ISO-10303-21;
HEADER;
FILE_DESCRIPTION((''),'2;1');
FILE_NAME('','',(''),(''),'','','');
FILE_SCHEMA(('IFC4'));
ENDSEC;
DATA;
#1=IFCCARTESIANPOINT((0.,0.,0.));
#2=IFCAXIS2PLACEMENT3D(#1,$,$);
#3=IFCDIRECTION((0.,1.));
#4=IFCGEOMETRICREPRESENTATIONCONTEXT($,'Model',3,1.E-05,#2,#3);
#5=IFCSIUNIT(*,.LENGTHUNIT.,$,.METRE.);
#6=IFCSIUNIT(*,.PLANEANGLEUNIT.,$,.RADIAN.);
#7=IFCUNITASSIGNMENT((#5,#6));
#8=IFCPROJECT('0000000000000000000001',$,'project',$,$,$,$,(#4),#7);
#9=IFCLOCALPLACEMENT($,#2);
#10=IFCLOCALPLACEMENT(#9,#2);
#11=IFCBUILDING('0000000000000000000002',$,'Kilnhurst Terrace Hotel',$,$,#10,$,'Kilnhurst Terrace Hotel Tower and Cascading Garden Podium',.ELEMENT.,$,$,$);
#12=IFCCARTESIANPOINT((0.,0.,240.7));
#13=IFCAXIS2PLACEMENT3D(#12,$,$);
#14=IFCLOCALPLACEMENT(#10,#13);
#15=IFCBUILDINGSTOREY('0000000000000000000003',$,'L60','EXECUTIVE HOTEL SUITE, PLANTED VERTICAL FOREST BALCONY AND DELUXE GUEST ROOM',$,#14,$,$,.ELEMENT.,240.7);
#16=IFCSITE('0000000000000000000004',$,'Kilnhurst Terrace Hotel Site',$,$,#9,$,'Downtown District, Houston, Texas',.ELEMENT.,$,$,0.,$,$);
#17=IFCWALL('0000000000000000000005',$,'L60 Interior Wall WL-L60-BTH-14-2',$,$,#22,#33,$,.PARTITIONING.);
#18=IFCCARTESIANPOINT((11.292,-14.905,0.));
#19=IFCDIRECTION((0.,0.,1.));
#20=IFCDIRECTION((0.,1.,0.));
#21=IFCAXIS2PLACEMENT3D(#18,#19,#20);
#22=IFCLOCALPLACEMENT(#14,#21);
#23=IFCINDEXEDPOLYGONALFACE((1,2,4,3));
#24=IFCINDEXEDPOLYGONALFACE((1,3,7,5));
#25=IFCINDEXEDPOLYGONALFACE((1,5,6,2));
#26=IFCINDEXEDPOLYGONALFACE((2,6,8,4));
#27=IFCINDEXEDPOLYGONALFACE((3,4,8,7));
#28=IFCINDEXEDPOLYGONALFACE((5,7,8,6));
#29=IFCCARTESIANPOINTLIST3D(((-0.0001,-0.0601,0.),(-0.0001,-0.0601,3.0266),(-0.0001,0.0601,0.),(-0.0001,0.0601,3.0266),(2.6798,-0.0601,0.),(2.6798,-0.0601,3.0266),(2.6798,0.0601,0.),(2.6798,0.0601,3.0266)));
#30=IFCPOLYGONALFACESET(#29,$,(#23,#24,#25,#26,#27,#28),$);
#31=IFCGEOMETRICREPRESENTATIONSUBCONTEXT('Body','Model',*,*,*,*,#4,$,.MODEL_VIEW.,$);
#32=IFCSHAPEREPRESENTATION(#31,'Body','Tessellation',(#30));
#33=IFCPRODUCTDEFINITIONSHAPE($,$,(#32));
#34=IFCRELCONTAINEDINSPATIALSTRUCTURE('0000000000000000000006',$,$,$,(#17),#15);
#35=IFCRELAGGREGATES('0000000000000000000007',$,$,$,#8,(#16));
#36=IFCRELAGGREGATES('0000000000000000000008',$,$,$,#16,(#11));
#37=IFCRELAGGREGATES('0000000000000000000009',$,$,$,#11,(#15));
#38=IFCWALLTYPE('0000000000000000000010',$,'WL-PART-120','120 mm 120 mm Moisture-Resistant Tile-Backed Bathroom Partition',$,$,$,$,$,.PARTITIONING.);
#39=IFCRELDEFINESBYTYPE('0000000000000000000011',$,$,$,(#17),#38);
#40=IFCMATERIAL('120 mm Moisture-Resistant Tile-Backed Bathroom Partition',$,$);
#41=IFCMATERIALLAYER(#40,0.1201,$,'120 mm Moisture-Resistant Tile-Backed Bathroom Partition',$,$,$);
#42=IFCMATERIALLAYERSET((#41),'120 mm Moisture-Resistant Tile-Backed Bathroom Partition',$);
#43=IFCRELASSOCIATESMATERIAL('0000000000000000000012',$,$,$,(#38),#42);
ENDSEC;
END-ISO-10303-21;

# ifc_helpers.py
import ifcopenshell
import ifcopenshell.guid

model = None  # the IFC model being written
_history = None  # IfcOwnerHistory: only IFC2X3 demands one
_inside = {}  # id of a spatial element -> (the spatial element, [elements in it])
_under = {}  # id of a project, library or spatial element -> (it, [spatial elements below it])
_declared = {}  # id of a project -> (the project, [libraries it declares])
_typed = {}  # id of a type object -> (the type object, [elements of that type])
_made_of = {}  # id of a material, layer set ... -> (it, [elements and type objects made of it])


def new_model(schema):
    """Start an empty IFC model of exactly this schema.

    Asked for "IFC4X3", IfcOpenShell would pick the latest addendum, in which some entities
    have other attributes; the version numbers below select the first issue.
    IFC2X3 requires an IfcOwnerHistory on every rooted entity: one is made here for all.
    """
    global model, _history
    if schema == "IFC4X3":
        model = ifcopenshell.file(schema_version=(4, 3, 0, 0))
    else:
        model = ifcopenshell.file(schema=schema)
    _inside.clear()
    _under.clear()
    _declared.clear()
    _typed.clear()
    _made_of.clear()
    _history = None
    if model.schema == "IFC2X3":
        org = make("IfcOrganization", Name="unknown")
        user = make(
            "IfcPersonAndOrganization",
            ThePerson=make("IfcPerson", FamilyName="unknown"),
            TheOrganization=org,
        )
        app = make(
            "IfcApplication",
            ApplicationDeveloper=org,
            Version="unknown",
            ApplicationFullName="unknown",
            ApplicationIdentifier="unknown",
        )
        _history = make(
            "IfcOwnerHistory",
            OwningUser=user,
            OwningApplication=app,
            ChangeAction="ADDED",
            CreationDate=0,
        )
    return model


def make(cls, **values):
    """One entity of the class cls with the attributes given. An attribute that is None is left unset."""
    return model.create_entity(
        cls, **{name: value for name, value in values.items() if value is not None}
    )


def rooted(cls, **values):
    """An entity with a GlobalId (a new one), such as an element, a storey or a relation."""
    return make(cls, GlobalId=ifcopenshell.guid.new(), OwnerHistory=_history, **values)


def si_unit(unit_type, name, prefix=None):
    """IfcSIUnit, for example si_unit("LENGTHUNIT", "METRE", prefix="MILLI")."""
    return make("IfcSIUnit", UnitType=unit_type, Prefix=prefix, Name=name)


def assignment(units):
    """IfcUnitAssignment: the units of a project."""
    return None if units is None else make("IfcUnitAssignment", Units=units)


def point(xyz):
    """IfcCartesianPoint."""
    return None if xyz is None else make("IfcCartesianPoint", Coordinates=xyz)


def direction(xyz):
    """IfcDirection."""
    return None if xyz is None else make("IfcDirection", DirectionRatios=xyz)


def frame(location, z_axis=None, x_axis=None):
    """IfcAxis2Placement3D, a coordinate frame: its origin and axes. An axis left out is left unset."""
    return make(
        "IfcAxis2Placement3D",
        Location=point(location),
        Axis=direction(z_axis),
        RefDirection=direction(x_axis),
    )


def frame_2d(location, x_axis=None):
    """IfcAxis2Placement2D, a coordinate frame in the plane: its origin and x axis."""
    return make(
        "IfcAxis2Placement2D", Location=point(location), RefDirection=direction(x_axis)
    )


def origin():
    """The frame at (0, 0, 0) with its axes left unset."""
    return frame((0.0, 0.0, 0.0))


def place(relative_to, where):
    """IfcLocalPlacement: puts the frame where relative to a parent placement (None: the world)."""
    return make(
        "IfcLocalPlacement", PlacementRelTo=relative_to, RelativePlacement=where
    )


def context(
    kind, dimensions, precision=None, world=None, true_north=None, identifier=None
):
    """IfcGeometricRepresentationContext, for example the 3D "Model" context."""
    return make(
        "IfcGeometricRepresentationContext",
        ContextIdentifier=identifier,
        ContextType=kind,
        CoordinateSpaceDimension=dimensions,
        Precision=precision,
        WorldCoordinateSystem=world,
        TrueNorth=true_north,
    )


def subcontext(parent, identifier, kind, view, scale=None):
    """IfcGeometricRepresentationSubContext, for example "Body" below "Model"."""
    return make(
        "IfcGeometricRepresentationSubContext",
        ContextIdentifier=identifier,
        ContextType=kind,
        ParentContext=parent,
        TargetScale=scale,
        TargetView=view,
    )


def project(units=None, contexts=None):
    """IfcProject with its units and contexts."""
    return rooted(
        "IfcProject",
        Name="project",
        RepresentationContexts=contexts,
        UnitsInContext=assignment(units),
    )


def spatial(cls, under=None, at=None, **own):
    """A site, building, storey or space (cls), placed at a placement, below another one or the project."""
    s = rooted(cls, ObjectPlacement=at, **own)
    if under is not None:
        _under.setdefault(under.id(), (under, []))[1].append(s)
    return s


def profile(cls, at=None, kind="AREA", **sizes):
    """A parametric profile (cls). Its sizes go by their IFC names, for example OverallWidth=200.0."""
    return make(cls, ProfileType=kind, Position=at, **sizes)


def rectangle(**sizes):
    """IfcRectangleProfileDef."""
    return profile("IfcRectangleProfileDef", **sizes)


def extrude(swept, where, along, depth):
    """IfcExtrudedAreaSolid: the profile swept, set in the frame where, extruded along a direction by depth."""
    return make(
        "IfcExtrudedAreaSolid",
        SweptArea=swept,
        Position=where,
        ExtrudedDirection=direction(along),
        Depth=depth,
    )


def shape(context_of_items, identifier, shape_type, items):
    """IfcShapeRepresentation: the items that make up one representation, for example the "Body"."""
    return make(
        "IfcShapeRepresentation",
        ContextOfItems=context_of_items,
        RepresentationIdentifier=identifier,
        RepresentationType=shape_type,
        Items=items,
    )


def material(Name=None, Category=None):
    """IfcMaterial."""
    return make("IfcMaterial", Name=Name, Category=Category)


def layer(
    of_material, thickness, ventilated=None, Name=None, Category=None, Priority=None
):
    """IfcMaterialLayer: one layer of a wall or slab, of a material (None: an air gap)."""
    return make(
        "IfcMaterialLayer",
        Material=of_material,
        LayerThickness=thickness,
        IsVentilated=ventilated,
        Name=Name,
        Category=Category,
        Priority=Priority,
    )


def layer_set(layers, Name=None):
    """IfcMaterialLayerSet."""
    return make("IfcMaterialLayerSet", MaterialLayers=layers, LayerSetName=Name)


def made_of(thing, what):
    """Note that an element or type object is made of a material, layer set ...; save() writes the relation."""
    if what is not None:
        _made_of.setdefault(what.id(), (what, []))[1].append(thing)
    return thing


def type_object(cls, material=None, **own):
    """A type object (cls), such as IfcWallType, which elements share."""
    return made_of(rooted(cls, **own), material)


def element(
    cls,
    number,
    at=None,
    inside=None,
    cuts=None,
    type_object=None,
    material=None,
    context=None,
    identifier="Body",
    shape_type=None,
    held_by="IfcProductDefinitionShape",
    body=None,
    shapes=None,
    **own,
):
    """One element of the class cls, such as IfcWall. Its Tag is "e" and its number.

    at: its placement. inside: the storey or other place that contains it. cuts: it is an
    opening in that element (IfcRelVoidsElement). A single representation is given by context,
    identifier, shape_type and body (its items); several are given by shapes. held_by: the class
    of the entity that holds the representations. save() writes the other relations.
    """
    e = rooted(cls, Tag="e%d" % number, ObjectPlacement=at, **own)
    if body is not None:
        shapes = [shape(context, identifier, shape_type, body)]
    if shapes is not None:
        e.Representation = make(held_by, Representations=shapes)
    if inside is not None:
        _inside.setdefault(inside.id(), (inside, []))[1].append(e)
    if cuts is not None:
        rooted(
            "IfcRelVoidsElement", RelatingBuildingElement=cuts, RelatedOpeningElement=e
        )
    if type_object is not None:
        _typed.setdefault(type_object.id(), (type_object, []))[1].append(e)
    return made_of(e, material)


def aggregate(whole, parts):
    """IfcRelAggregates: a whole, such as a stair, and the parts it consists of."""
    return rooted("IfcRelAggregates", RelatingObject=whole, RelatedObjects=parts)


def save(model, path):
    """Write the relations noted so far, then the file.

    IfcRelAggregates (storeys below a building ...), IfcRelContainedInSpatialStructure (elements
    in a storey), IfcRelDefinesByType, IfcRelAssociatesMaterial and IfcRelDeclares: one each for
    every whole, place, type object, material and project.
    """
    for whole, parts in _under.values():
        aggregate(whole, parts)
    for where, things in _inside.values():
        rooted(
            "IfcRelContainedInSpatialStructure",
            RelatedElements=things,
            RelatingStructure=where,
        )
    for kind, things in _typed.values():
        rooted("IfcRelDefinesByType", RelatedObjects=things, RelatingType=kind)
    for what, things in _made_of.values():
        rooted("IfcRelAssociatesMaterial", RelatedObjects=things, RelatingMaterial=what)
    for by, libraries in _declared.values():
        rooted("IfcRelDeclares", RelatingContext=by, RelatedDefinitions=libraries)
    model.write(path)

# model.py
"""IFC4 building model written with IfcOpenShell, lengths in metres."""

from ifc_helpers import new_model, si_unit, direction, frame, frame_2d, origin, place, context, subcontext, project, spatial, rectangle, extrude, material, layer, layer_set, type_object, element, save


model = new_model("IFC4")

# Units and contexts
model_context = context("Model", 3, precision=1e-05, world=origin(), true_north=direction((0.0, 1.0)))
body_context = subcontext(model_context, "Body", "Model", "MODEL_VIEW")
ifc_project = project(units=[si_unit("LENGTHUNIT", "METRE"), si_unit("PLANEANGLEUNIT", "RADIAN")], contexts=[model_context])

# Site, building, storey
site_placement = place(None, origin())
site = spatial("IfcSite", under=ifc_project, at=site_placement, Name="Kilnhurst Terrace Hotel Site", LongName="Downtown District, Houston, Texas", CompositionType="ELEMENT", RefElevation=0.0)
building_placement = place(site_placement, origin())
building = spatial("IfcBuilding", under=site, at=building_placement, Name="Kilnhurst Terrace Hotel", LongName="Kilnhurst Terrace Hotel Tower and Cascading Garden Podium", CompositionType="ELEMENT")
storey_placement = place(building_placement, frame((0.0, 0.0, 240.7)))
storey = spatial("IfcBuildingStorey", under=building, at=storey_placement, Name="L60", Description="EXECUTIVE HOTEL SUITE, PLANTED VERTICAL FOREST BALCONY AND DELUXE GUEST ROOM", CompositionType="ELEMENT", Elevation=240.7)

# Wall
ifc_material_1 = material(Name="120 mm Moisture-Resistant Tile-Backed Bathroom Partition")
ifc_layer_1 = layer(ifc_material_1, 0.1201, Name="120 mm Moisture-Resistant Tile-Backed Bathroom Partition")
ifc_layer_set_1 = layer_set([ifc_layer_1], Name="120 mm Moisture-Resistant Tile-Backed Bathroom Partition")
wall_type_1 = type_object("IfcWallType", Name="WL-PART-120", Description="120 mm 120 mm Moisture-Resistant Tile-Backed Bathroom Partition", PredefinedType="PARTITIONING", material=ifc_layer_set_1)
wall_1_placement = place(storey_placement, frame((11.292, -14.905, 0.0), z_axis=(0.0, 0.0, 1.0), x_axis=(0.0, 1.0, 0.0)))
element("IfcWall", 1, at=wall_1_placement, inside=storey, type_object=wall_type_1, Name="L60 Interior Wall WL-L60-BTH-14-2", PredefinedType="PARTITIONING", context=body_context, shape_type="SweptSolid", body=[
    extrude(rectangle(XDim=2.6799, YDim=0.1201, at=frame_2d((1.3398, 0.0))), origin(), (0.0, 0.0, 1.0), 3.0266),
])

save(model, "model.ifc")
